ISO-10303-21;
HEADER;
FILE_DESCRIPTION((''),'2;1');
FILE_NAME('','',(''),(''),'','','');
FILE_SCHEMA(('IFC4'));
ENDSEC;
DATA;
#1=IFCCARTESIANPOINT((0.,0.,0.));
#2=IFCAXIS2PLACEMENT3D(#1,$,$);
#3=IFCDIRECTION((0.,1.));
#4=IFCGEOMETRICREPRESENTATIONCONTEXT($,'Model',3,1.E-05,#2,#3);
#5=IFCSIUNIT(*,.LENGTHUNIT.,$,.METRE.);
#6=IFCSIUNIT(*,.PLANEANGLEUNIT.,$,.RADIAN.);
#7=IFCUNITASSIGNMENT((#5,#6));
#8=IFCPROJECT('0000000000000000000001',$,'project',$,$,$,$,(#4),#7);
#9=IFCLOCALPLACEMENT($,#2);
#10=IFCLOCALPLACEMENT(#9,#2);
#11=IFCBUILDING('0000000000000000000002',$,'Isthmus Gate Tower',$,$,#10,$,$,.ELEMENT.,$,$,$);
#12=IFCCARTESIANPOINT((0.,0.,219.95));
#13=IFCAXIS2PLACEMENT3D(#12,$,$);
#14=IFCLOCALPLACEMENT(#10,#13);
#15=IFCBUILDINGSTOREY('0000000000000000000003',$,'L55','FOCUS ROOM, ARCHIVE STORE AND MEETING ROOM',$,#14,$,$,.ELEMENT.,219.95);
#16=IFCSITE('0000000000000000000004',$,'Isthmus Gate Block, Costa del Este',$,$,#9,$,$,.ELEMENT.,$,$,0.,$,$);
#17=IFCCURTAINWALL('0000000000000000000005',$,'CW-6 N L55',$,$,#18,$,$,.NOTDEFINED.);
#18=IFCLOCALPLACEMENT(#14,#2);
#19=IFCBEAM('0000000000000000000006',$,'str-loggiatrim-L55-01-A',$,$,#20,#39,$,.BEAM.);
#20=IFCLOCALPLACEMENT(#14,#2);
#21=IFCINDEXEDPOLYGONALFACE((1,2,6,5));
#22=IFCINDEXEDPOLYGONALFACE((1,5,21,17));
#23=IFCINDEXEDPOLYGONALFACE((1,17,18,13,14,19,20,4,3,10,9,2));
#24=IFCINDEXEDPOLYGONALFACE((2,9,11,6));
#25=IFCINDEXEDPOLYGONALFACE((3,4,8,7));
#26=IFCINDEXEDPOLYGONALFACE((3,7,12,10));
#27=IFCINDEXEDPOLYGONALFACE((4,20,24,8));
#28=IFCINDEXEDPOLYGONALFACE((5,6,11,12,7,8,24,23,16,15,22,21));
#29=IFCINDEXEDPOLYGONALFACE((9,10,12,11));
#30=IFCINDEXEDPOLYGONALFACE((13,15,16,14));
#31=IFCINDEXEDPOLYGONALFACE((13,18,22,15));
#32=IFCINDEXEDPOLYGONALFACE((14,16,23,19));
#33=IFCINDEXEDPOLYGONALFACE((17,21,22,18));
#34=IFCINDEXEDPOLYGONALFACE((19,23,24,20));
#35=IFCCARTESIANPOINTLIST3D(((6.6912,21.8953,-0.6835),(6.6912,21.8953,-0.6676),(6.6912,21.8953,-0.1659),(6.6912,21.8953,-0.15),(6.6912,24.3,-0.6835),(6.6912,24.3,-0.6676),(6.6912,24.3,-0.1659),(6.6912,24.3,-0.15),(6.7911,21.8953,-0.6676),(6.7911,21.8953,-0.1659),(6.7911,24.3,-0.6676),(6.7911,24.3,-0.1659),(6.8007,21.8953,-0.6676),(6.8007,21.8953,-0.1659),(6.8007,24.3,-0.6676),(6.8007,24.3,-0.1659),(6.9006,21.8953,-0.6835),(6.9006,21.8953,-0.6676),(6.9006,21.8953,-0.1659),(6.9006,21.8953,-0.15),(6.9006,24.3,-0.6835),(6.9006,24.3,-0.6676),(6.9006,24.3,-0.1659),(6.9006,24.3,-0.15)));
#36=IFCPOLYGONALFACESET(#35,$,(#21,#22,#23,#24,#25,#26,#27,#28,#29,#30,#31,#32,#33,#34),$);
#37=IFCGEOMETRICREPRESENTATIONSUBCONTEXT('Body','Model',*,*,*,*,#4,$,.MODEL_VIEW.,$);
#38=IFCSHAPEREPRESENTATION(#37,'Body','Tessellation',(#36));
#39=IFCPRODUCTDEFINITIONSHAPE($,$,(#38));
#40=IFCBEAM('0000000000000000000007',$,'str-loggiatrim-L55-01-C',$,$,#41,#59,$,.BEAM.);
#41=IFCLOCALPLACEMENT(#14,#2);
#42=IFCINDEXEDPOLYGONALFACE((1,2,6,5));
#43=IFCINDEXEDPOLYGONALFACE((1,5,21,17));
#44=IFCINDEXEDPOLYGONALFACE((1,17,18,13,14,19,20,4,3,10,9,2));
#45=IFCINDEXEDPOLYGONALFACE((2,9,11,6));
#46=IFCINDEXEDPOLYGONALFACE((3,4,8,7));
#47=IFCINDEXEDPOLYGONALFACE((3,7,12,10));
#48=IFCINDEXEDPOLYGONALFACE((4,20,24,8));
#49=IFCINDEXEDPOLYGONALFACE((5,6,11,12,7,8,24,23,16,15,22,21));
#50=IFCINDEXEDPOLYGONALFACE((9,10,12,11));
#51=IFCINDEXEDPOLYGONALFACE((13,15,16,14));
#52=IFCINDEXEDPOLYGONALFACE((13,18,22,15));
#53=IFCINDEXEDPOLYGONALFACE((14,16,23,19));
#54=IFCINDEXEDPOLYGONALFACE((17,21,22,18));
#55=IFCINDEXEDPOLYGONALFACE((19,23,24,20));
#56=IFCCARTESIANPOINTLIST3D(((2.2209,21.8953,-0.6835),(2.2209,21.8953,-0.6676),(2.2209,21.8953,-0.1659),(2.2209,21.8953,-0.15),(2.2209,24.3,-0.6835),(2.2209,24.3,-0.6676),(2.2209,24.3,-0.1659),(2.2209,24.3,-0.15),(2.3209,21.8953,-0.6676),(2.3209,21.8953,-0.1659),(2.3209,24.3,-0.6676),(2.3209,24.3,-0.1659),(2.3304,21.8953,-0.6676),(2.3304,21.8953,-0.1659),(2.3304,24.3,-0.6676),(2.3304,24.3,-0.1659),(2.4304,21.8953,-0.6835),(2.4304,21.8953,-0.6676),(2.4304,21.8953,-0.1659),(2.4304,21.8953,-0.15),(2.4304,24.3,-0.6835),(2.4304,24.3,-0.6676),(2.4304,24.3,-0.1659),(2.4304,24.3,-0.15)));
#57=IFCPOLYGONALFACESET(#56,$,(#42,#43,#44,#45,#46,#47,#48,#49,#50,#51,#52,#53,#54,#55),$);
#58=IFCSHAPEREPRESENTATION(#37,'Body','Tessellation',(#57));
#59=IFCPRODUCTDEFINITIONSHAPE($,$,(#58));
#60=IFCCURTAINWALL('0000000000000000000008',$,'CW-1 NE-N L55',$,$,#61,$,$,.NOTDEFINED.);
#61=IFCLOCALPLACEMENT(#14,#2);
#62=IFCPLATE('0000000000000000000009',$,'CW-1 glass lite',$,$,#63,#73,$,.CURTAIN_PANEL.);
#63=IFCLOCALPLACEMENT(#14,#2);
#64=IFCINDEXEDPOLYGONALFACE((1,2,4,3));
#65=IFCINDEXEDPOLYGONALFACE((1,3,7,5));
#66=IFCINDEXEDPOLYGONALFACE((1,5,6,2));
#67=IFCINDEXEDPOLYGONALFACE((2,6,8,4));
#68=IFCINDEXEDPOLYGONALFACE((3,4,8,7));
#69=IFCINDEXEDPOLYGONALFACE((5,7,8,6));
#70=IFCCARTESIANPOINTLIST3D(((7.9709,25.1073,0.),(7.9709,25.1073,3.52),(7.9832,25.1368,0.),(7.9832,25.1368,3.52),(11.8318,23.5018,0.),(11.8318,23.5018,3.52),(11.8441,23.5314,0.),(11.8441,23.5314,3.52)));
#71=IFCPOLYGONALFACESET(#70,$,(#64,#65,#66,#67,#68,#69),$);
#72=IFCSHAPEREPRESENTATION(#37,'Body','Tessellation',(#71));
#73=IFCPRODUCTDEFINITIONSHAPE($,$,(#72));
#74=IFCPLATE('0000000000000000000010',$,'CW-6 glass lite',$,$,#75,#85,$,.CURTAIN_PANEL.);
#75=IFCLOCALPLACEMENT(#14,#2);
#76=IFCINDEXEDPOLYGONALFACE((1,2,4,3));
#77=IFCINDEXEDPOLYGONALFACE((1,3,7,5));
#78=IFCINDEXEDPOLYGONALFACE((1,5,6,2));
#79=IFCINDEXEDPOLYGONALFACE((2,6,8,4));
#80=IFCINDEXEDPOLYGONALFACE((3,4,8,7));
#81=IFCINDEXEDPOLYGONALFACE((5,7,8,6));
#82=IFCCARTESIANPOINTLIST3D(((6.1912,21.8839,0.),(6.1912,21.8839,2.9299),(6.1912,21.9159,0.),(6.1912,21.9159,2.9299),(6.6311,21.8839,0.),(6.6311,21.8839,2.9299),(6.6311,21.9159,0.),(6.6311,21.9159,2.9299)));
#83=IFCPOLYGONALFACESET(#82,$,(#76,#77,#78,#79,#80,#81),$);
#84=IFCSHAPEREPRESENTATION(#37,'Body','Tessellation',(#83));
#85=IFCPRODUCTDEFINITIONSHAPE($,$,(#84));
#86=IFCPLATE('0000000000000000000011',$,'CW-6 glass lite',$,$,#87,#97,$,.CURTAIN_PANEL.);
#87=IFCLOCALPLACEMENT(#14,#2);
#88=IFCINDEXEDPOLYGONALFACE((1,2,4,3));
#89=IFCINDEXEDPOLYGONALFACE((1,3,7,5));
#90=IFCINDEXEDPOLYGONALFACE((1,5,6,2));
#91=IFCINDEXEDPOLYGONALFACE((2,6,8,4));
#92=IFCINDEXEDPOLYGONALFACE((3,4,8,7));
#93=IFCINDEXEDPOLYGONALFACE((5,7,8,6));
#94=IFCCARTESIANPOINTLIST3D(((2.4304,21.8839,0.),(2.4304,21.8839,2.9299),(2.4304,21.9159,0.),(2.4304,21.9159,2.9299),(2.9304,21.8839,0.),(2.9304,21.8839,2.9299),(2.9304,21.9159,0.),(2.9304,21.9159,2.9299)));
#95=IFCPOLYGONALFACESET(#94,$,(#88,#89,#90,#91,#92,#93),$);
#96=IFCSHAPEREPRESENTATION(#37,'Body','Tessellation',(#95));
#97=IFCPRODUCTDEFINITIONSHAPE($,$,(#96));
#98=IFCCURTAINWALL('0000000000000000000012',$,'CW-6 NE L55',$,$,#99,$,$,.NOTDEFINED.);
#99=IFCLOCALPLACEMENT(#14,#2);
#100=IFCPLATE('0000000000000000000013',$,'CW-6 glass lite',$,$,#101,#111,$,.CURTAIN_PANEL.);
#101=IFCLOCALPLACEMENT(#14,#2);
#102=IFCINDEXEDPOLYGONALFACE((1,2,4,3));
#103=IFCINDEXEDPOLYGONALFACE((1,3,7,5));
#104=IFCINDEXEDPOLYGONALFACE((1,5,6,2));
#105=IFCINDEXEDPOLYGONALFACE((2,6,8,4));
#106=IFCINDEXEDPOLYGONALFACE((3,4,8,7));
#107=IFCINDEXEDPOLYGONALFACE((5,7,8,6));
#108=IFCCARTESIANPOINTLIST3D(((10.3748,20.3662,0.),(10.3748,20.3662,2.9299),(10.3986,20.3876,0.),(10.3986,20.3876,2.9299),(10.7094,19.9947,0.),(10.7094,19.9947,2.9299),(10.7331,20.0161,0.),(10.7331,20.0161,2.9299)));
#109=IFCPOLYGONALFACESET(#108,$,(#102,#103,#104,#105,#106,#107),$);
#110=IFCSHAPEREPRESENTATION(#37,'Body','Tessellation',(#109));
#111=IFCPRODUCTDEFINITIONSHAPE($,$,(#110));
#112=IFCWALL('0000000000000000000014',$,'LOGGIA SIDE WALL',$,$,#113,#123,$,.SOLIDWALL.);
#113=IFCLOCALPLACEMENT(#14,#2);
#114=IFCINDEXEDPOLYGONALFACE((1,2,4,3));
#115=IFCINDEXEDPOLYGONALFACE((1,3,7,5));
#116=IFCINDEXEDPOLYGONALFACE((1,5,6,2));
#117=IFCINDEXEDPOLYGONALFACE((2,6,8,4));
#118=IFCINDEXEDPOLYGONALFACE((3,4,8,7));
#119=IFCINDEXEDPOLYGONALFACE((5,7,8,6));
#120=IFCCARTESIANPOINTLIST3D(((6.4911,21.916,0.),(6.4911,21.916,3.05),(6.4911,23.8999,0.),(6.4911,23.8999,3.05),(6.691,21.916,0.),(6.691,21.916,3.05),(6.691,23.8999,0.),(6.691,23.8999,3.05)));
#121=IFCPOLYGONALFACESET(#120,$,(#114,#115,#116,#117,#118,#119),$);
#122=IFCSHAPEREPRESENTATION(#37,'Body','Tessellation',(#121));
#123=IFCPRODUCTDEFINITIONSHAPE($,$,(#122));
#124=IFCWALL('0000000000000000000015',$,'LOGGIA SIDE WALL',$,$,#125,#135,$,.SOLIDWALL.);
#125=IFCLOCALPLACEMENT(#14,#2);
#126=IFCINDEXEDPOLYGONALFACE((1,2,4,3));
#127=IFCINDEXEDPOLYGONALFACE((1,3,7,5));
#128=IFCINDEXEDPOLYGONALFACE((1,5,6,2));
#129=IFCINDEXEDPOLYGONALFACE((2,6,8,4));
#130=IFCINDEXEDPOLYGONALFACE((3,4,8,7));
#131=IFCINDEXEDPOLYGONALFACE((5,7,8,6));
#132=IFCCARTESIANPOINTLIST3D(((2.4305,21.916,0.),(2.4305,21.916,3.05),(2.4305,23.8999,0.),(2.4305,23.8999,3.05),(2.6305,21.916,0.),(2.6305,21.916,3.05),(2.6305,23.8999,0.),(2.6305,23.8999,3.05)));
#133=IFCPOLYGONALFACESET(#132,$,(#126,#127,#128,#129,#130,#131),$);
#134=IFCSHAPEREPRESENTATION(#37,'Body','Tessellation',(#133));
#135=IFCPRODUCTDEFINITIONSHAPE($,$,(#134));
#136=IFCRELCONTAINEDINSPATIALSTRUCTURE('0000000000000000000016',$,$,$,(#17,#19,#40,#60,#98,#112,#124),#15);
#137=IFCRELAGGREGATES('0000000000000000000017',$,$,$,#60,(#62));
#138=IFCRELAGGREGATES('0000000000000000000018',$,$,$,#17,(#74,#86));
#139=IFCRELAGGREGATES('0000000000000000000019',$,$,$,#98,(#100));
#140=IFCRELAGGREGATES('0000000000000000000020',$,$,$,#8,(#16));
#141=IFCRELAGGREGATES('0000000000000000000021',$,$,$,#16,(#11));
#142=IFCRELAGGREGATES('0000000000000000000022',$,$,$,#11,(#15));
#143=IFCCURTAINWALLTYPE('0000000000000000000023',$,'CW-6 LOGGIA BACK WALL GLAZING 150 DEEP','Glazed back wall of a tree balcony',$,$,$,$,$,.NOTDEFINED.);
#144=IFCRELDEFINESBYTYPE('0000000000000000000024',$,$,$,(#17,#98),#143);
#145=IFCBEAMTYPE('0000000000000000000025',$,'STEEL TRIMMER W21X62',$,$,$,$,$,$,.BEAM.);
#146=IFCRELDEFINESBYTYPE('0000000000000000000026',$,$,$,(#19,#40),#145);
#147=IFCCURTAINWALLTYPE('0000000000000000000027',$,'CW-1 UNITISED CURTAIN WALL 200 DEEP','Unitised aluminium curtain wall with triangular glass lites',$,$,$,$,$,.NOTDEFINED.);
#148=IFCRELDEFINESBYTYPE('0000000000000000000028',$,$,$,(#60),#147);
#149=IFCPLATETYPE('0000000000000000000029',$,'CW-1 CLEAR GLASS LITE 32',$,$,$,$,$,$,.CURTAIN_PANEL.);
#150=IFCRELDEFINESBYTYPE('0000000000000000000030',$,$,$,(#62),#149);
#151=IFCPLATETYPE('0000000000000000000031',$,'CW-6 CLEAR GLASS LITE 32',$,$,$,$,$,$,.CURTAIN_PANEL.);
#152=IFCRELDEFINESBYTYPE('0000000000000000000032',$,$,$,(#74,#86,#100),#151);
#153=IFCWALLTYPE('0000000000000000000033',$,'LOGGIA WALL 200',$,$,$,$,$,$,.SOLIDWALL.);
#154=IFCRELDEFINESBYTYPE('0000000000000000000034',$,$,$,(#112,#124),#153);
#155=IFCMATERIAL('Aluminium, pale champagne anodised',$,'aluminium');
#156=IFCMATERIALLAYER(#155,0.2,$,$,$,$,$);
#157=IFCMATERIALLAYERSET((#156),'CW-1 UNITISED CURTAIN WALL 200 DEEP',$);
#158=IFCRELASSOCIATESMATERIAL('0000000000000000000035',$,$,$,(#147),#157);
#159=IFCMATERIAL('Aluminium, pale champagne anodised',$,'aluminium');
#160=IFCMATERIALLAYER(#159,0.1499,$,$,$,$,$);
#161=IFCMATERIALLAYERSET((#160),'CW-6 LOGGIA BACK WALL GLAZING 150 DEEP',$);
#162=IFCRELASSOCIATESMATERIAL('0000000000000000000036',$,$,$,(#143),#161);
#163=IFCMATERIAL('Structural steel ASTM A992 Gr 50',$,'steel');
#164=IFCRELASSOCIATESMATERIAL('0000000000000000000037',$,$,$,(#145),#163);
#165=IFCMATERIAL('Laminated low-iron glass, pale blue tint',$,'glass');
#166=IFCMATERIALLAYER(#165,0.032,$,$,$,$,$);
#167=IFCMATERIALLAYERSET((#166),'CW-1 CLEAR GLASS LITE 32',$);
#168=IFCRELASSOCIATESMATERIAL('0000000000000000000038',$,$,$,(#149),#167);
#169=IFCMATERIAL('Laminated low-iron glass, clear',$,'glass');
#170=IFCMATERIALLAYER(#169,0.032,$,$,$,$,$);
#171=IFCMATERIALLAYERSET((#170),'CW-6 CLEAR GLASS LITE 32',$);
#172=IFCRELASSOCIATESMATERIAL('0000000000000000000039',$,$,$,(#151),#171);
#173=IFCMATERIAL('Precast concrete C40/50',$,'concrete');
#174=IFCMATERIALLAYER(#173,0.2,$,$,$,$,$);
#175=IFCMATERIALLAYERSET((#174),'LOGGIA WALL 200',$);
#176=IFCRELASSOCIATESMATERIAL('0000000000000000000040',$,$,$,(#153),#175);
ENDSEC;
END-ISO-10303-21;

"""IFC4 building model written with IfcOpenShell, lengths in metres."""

from ifc_helpers import new_model, si_unit, direction, frame, frame_2d, origin, origin_2d, place, context, subcontext, project, spatial, rectangle, i_section, extrude, material, layer, layer_set, material_profile, profile_set, type_object, element, aggregate, save


model = new_model("IFC4")

# Units and contexts
model_context = context("Model", 3, precision=1e-05, world=origin(), true_north=direction((0.0, 1.0)))
body_context = subcontext(model_context, "Body", "Model", "MODEL_VIEW")
ifc_project = project(units=[si_unit("LENGTHUNIT", "METRE"), si_unit("PLANEANGLEUNIT", "RADIAN")], contexts=[model_context])

# Site, building, storey
site_placement = place(None, origin())
site = spatial("IfcSite", under=ifc_project, at=site_placement, Name="Isthmus Gate Block, Costa del Este", CompositionType="ELEMENT", RefElevation=0.0)
building_placement = place(site_placement, origin())
building = spatial("IfcBuilding", under=site, at=building_placement, Name="Isthmus Gate Tower", CompositionType="ELEMENT")
storey_placement = place(building_placement, frame((0.0, 0.0, 219.95)))
storey = spatial("IfcBuildingStorey", under=building, at=storey_placement, Name="L55", Description="FOCUS ROOM, ARCHIVE STORE AND MEETING ROOM", CompositionType="ELEMENT", Elevation=219.95)

# Curtain wall
ifc_material_1 = material(Name="Aluminium, pale champagne anodised", Category="aluminium")
ifc_layer_1 = layer(ifc_material_1, 0.2)
ifc_layer_set_1 = layer_set([ifc_layer_1], Name="CW-1 UNITISED CURTAIN WALL 200 DEEP")
curtain_wall_type_1 = type_object("IfcCurtainWallType", Name="CW-1 UNITISED CURTAIN WALL 200 DEEP", Description="Unitised aluminium curtain wall with triangular glass lites", PredefinedType="NOTDEFINED", material=ifc_layer_set_1)
ifc_material_2 = material(Name="Aluminium, pale champagne anodised", Category="aluminium")
ifc_layer_2 = layer(ifc_material_2, 0.1499)
ifc_layer_set_2 = layer_set([ifc_layer_2], Name="CW-6 LOGGIA BACK WALL GLAZING 150 DEEP")
curtain_wall_type_2 = type_object("IfcCurtainWallType", Name="CW-6 LOGGIA BACK WALL GLAZING 150 DEEP", Description="Glazed back wall of a tree balcony", PredefinedType="NOTDEFINED", material=ifc_layer_set_2)
curtain_wall_1_placement = place(storey_placement, origin())
curtain_wall_1 = element("IfcCurtainWall", 1, at=curtain_wall_1_placement, inside=storey, type_object=curtain_wall_type_2, Name="CW-6 N L55", PredefinedType="NOTDEFINED")

# Beams
ifc_material_3 = material(Name="Structural steel ASTM A992 Gr 50", Category="steel")
ifc_material_profile_1 = material_profile(ifc_material_3, i_section(OverallWidth=0.2095, OverallDepth=0.5334, WebThickness=0.0095, FlangeThickness=0.0159, at=origin_2d()), Name="W21X62")
ifc_profile_set_1 = profile_set([ifc_material_profile_1], Name="Structural steel ASTM A992 Gr 50")
beam_type_1 = type_object("IfcBeamType", Name="STEEL TRIMMER W21X62", PredefinedType="BEAM", material=ifc_profile_set_1)
for number, where, z_axis, x_axis, name in (
    (2, (6.7959, 24.3, -0.4167), (0.0, -1.0, 0.0), (1.0, 0.0, 0.0), "str-loggiatrim-L55-01-A"),
    (3, (2.3257, 24.3, -0.4167), (0.0, -1.0, 0.0), (1.0, 0.0, 0.0), "str-loggiatrim-L55-01-C"),
):
    element("IfcBeam", number, at=place(storey_placement, frame(where, z_axis=z_axis, x_axis=x_axis)), inside=storey, type_object=beam_type_1, Name=name, PredefinedType="BEAM", context=body_context, shape_type="SweptSolid", body=[
        extrude(i_section(OverallWidth=0.2095, OverallDepth=0.5334, WebThickness=0.0095, FlangeThickness=0.0159, at=origin_2d()), origin(), (0.0, 0.0, 1.0), 2.4048),
    ])

# Curtain wall, plate
curtain_wall_2_placement = place(storey_placement, origin())
curtain_wall_2 = element("IfcCurtainWall", 4, at=curtain_wall_2_placement, inside=storey, type_object=curtain_wall_type_1, Name="CW-1 NE-N L55", PredefinedType="NOTDEFINED")
ifc_material_4 = material(Name="Laminated low-iron glass, pale blue tint", Category="glass")
ifc_layer_3 = layer(ifc_material_4, 0.032)
ifc_layer_set_3 = layer_set([ifc_layer_3], Name="CW-1 CLEAR GLASS LITE 32")
plate_type_1 = type_object("IfcPlateType", Name="CW-1 CLEAR GLASS LITE 32", PredefinedType="CURTAIN_PANEL", material=ifc_layer_set_3)
plate_1_placement = place(storey_placement, frame((9.9075, 24.3193, 0.0), z_axis=(0.0, 0.0, 1.0), x_axis=(-0.923353, 0.383952, 0.0)))
plate_1 = element("IfcPlate", 5, at=plate_1_placement, type_object=plate_type_1, Name="CW-1 glass lite", PredefinedType="CURTAIN_PANEL", context=body_context, shape_type="SweptSolid", body=[
    extrude(rectangle(XDim=4.1814, YDim=0.032, at=origin_2d()), origin(), (0.0, 0.0, 1.0), 3.52),
])
aggregate(curtain_wall_2, [plate_1])

# Plates
ifc_material_5 = material(Name="Laminated low-iron glass, clear", Category="glass")
ifc_layer_4 = layer(ifc_material_5, 0.032)
ifc_layer_set_4 = layer_set([ifc_layer_4], Name="CW-6 CLEAR GLASS LITE 32")
plate_type_2 = type_object("IfcPlateType", Name="CW-6 CLEAR GLASS LITE 32", PredefinedType="CURTAIN_PANEL", material=ifc_layer_set_4)
plate_2_placement = place(storey_placement, frame((6.4111, 21.8999, 0.0), z_axis=(0.0, 0.0, 1.0), x_axis=(-1.0, 0.0, 0.0)))
plate_2 = element("IfcPlate", 6, at=plate_2_placement, type_object=plate_type_2, Name="CW-6 glass lite", PredefinedType="CURTAIN_PANEL", context=body_context, shape_type="SweptSolid", body=[
    extrude(rectangle(XDim=0.4399, YDim=0.032, at=origin_2d()), origin(), (0.0, 0.0, 1.0), 2.9299),
])
plate_3_placement = place(storey_placement, frame((2.6804, 21.8999, 0.0), z_axis=(0.0, 0.0, 1.0), x_axis=(-1.0, 0.0, 0.0)))
plate_3 = element("IfcPlate", 7, at=plate_3_placement, type_object=plate_type_2, Name="CW-6 glass lite", PredefinedType="CURTAIN_PANEL", context=body_context, shape_type="SweptSolid", body=[
    extrude(rectangle(XDim=0.5, YDim=0.032, at=origin_2d()), origin(), (0.0, 0.0, 1.0), 2.9299),
])
aggregate(curtain_wall_1, [plate_2, plate_3])

# Curtain wall, plate
curtain_wall_3_placement = place(storey_placement, origin())
curtain_wall_3 = element("IfcCurtainWall", 8, at=curtain_wall_3_placement, inside=storey, type_object=curtain_wall_type_2, Name="CW-6 NE L55", PredefinedType="NOTDEFINED")
plate_4_placement = place(storey_placement, frame((10.554, 20.1912, 0.0), z_axis=(0.0, 0.0, 1.0), x_axis=(-0.669131, 0.743145, 0.0)))
plate_4 = element("IfcPlate", 9, at=plate_4_placement, type_object=plate_type_2, Name="CW-6 glass lite", PredefinedType="CURTAIN_PANEL", context=body_context, shape_type="SweptSolid", body=[
    extrude(rectangle(XDim=0.5, YDim=0.032, at=origin_2d()), origin(), (0.0, 0.0, 1.0), 2.9299),
])
aggregate(curtain_wall_3, [plate_4])

# Shared definitions
ifc_material_6 = material(Name="Precast concrete C40/50", Category="concrete")
ifc_layer_5 = layer(ifc_material_6, 0.2)
ifc_layer_set_5 = layer_set([ifc_layer_5], Name="LOGGIA WALL 200")
wall_type = type_object("IfcWallType", Name="LOGGIA WALL 200", PredefinedType="SOLIDWALL", material=ifc_layer_set_5)

# Walls
for number, where, z_axis, x_axis, name in (
    (10, (6.5911, 23.8999, 0.0), (0.0, 0.0, 1.0), (0.0, -1.0, 0.0), "LOGGIA SIDE WALL"),
    (11, (2.5305, 23.8999, 0.0), (0.0, 0.0, 1.0), (0.0, -1.0, 0.0), "LOGGIA SIDE WALL"),
):
    element("IfcWall", number, at=place(storey_placement, frame(where, z_axis=z_axis, x_axis=x_axis)), inside=storey, type_object=wall_type, Name=name, PredefinedType="SOLIDWALL", context=body_context, shape_type="SweptSolid", body=[
        extrude(rectangle(XDim=1.9839, YDim=0.2, at=frame_2d((0.9919, 0.0))), origin(), (0.0, 0.0, 1.0), 3.05),
    ])

save(model, "model.ifc")
